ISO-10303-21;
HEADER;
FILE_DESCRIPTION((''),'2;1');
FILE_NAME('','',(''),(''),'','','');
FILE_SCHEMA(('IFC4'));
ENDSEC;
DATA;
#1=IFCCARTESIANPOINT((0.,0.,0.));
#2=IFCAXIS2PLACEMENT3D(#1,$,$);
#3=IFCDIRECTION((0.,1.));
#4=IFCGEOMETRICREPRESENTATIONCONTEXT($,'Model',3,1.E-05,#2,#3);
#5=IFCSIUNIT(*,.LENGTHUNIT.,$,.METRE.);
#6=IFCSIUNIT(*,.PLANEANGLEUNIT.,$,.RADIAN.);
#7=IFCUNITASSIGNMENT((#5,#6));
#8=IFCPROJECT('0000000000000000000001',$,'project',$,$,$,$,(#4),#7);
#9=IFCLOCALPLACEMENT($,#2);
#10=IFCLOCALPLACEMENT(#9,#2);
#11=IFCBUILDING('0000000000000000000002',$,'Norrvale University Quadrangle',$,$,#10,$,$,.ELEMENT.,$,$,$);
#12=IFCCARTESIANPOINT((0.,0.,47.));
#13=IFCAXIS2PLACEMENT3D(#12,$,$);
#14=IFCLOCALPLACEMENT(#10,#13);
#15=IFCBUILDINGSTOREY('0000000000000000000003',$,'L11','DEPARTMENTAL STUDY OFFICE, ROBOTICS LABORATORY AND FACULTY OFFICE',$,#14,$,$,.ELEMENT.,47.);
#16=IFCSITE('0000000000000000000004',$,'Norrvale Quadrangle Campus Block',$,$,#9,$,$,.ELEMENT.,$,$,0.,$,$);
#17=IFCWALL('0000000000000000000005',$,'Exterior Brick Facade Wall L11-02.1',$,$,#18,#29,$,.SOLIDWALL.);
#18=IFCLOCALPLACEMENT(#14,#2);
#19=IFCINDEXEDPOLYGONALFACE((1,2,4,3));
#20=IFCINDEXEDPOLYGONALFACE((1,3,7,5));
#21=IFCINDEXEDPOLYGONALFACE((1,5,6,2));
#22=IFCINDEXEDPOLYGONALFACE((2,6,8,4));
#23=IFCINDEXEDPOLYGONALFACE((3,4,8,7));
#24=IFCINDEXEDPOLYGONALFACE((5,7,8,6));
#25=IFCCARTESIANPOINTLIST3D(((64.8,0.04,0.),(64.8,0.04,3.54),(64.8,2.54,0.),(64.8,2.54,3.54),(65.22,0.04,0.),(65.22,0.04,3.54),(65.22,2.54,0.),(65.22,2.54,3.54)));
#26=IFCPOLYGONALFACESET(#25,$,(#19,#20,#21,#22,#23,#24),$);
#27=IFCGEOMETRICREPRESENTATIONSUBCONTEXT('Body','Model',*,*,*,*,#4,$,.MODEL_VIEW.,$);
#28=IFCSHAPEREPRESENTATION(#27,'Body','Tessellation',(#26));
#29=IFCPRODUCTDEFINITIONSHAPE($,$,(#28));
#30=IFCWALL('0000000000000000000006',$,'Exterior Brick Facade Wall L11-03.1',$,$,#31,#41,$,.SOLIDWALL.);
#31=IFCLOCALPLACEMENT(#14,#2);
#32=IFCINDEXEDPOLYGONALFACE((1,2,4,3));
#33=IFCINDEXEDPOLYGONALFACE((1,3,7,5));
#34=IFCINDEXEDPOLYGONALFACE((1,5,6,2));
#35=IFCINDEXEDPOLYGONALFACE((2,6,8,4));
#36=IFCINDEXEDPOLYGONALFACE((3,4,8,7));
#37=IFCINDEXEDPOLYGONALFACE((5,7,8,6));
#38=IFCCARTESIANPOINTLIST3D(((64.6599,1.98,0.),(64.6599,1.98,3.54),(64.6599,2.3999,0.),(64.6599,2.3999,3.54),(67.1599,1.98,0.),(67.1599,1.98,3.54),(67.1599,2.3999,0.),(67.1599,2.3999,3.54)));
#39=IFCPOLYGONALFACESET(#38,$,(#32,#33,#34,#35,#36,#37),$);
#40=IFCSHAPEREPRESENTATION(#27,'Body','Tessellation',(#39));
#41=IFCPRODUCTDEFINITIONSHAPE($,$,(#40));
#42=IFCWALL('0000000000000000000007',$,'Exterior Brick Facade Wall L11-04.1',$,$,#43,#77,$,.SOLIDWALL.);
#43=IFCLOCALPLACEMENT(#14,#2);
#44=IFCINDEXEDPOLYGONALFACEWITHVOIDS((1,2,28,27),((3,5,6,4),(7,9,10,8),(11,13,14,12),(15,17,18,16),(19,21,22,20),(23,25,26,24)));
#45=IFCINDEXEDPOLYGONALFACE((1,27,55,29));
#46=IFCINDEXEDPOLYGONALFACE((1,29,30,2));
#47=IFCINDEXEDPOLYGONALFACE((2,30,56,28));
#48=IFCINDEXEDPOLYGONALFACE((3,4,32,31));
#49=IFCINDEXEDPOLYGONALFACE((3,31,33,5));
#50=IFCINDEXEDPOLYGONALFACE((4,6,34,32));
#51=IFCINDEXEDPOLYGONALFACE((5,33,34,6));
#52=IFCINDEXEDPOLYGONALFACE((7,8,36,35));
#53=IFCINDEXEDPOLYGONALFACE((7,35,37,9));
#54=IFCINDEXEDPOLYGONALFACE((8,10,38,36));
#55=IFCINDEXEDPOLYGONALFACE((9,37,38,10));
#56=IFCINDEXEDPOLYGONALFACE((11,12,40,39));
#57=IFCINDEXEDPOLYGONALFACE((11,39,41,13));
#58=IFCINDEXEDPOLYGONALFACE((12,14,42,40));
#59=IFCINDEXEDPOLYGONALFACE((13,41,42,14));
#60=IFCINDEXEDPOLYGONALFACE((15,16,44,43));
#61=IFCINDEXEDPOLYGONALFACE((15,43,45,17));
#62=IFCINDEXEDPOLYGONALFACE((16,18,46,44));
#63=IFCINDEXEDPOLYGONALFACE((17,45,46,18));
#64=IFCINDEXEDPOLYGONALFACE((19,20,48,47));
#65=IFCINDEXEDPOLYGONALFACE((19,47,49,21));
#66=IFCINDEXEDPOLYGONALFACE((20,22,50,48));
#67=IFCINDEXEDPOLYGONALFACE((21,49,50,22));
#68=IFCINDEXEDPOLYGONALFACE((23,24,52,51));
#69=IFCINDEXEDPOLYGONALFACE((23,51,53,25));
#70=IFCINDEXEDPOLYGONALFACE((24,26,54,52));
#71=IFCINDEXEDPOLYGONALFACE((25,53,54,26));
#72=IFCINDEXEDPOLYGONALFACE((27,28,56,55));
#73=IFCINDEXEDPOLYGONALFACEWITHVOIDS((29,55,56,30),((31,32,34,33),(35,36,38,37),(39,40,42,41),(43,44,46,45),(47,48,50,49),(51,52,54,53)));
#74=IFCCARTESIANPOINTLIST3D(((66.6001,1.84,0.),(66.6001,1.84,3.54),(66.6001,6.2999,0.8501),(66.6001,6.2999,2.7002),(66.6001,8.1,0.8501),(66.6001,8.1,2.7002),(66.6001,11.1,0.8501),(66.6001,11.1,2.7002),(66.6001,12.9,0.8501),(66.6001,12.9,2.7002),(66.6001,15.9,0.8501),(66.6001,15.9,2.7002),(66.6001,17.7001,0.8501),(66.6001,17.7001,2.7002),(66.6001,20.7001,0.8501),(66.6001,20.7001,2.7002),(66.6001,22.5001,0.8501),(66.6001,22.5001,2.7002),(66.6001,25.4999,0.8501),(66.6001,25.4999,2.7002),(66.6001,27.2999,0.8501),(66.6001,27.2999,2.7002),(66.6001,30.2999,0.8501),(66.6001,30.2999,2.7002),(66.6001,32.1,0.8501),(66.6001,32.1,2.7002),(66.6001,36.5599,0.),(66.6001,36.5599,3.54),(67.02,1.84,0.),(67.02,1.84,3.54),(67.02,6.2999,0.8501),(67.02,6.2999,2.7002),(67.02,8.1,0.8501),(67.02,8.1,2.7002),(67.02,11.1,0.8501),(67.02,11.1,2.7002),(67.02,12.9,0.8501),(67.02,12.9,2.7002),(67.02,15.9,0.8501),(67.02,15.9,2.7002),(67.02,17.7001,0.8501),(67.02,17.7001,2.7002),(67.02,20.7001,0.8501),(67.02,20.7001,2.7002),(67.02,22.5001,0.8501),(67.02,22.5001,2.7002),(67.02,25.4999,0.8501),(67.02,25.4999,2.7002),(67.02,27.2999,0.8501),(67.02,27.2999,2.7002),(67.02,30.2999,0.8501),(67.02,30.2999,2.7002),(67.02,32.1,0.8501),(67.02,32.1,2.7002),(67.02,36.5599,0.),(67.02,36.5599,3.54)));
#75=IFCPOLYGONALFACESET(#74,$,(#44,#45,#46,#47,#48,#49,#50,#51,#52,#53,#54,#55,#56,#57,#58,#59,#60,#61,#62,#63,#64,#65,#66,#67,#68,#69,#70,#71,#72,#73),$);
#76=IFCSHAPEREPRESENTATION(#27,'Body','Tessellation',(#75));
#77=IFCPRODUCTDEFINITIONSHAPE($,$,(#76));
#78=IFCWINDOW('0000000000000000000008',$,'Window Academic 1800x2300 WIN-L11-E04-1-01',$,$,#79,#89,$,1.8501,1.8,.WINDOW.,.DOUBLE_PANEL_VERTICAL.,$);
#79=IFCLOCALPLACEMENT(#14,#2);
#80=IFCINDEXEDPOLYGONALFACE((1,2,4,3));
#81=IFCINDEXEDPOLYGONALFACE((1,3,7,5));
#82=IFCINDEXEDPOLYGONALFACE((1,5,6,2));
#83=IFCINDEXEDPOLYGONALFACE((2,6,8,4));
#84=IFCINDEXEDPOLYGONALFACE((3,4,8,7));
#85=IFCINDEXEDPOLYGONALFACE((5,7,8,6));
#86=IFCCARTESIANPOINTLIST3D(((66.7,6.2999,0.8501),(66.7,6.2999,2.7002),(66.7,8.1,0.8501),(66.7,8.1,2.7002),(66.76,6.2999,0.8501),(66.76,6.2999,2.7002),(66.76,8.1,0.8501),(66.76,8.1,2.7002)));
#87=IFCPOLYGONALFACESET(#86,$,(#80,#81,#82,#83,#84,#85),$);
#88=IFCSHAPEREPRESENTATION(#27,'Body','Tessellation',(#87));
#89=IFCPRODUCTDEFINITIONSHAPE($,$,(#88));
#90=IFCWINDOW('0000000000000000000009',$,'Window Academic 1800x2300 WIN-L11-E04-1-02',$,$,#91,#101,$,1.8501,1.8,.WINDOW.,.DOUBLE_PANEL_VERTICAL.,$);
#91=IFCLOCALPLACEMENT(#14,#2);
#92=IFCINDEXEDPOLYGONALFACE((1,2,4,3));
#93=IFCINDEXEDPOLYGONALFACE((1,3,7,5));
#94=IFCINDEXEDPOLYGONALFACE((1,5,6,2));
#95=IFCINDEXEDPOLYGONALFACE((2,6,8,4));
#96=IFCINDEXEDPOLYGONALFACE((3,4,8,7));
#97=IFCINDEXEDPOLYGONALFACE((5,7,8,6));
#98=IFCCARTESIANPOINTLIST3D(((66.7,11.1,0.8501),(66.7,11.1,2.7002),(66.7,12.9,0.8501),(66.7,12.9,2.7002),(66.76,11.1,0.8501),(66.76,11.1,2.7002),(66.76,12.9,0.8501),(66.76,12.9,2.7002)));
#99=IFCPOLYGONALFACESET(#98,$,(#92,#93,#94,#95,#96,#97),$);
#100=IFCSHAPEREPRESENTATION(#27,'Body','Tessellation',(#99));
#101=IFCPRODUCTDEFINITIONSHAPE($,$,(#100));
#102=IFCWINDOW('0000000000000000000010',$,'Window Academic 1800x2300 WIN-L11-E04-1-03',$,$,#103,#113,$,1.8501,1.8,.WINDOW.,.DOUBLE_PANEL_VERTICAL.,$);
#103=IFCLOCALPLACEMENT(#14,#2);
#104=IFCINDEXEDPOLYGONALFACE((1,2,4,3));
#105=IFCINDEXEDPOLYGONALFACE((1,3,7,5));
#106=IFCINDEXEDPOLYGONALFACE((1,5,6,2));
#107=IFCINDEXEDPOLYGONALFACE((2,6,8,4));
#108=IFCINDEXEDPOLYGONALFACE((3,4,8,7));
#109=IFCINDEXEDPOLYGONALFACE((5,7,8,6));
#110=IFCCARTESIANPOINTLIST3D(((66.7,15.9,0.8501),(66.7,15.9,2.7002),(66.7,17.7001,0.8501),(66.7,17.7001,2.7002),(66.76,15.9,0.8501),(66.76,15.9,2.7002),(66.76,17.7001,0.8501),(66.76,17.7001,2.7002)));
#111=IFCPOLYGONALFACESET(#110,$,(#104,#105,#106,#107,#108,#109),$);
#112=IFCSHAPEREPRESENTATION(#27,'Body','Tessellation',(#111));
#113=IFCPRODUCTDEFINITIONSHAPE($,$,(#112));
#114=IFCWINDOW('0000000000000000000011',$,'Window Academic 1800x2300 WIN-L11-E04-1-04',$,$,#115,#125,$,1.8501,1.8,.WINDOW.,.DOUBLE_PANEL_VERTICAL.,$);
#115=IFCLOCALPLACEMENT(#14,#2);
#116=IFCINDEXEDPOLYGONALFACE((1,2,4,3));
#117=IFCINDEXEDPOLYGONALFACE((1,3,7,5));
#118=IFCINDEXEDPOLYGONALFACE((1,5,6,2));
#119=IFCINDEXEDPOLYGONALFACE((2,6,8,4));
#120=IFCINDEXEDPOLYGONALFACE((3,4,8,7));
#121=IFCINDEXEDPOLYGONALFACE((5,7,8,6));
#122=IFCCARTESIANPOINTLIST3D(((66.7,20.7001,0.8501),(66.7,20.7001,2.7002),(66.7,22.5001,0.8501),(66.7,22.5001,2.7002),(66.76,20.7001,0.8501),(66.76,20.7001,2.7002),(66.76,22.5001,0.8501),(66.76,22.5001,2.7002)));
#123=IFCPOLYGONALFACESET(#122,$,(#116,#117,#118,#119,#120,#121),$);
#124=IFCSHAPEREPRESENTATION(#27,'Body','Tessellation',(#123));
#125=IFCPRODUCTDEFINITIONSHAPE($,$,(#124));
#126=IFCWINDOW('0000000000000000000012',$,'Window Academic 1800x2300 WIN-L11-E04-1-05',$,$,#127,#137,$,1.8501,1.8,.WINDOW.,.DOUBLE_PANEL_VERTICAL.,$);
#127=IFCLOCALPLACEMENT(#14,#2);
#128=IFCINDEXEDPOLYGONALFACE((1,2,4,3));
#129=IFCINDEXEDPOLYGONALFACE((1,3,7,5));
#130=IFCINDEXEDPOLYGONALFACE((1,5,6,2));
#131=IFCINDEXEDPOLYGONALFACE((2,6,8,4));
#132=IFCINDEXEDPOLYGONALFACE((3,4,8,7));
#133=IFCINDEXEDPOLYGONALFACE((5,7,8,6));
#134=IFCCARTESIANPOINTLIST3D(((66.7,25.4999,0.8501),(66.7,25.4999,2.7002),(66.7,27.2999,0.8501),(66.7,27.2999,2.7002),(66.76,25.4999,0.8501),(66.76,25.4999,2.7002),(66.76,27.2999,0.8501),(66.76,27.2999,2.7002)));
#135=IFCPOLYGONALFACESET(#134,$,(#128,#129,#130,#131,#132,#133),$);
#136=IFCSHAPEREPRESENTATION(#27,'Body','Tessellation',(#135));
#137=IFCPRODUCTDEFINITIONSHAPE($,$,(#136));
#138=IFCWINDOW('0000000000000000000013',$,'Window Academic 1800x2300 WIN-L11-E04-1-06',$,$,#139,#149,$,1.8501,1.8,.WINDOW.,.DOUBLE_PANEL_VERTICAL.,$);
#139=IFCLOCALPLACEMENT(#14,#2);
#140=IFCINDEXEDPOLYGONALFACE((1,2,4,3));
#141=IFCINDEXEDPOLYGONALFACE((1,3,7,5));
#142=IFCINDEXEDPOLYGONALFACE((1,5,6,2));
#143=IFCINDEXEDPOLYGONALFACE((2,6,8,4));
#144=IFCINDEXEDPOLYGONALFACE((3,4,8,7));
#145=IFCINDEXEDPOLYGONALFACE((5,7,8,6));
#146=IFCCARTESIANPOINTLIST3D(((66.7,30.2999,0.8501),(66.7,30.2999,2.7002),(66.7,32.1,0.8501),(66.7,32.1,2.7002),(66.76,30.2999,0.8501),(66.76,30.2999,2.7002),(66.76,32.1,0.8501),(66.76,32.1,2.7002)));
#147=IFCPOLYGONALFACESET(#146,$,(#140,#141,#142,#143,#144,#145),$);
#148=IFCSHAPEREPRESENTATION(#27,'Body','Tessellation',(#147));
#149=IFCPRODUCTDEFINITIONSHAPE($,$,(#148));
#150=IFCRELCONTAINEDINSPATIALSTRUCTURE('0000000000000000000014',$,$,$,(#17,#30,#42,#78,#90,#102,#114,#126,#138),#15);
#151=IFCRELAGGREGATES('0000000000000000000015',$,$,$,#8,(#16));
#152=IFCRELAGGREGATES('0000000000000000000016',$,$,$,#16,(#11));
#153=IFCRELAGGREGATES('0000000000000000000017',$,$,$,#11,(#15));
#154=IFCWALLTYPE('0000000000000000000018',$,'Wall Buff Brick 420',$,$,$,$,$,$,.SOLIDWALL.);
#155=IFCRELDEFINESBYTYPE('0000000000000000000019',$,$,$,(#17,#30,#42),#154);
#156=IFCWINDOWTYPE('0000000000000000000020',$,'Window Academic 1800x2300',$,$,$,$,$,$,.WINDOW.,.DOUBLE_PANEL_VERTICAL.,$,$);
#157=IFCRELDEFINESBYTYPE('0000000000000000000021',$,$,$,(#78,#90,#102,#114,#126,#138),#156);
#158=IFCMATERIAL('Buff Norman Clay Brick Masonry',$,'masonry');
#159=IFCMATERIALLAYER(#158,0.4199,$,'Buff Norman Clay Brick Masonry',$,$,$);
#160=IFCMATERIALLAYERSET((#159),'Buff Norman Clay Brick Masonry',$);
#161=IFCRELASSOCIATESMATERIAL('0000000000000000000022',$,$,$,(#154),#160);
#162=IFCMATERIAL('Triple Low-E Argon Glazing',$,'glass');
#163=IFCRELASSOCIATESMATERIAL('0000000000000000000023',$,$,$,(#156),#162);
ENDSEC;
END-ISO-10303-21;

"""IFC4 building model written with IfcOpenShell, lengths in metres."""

from ifc_helpers import new_model, si_unit, direction, frame, frame_2d, origin, place, context, subcontext, project, spatial, rectangle, extrude, material, layer, layer_set, type_object, element, fill, save


model = new_model("IFC4")

# Units and contexts
model_context = context("Model", 3, precision=1e-05, world=origin(), true_north=direction((0.0, 1.0)))
body_context = subcontext(model_context, "Body", "Model", "MODEL_VIEW")
ifc_project = project(units=[si_unit("LENGTHUNIT", "METRE"), si_unit("PLANEANGLEUNIT", "RADIAN")], contexts=[model_context])

# Site, building, storey
site_placement = place(None, origin())
site = spatial("IfcSite", under=ifc_project, at=site_placement, Name="Norrvale Quadrangle Campus Block", CompositionType="ELEMENT", RefElevation=0.0)
building_placement = place(site_placement, origin())
building = spatial("IfcBuilding", under=site, at=building_placement, Name="Norrvale University Quadrangle", CompositionType="ELEMENT")
storey_placement = place(building_placement, frame((0.0, 0.0, 47.0)))
storey = spatial("IfcBuildingStorey", under=building, at=storey_placement, Name="L11", Description="DEPARTMENTAL STUDY OFFICE, ROBOTICS LABORATORY AND FACULTY OFFICE", CompositionType="ELEMENT", Elevation=47.0)

# Walls
ifc_material_1 = material(Name="Buff Norman Clay Brick Masonry", Category="masonry")
ifc_layer_1 = layer(ifc_material_1, 0.4199, Name="Buff Norman Clay Brick Masonry")
ifc_layer_set_1 = layer_set([ifc_layer_1], Name="Buff Norman Clay Brick Masonry")
wall_type_1 = type_object("IfcWallType", Name="Wall Buff Brick 420", PredefinedType="SOLIDWALL", material=ifc_layer_set_1)
for number, where, z_axis, x_axis, name in (
    (1, (65.01, 0.04, 0.0), (0.0, 0.0, 1.0), (0.0, 1.0, 0.0), "Exterior Brick Facade Wall L11-02.1"),
    (2, (64.6599, 2.1899, 0.0), (0.0, 0.0, 1.0), (1.0, 0.0, 0.0), "Exterior Brick Facade Wall L11-03.1"),
):
    element("IfcWall", number, at=place(storey_placement, frame(where, z_axis=z_axis, x_axis=x_axis)), inside=storey, type_object=wall_type_1, Name=name, PredefinedType="SOLIDWALL", context=body_context, shape_type="SweptSolid", body=[
        extrude(rectangle(XDim=2.5, YDim=0.4199, at=frame_2d((1.25, 0.0))), origin(), (0.0, 0.0, 1.0), 3.54),
    ])

# Wall, openings, windows
wall_1_placement = place(storey_placement, frame((66.8101, 1.8401, 0.0), z_axis=(0.0, 0.0, 1.0), x_axis=(0.0, 1.0, 0.0)))
wall_1 = element("IfcWall", 3, at=wall_1_placement, inside=storey, type_object=wall_type_1, Name="Exterior Brick Facade Wall L11-04.1", PredefinedType="SOLIDWALL", context=body_context, shape_type="SweptSolid", body=[
    extrude(rectangle(XDim=34.72, YDim=0.4199, at=frame_2d((17.3599, 0.0))), origin(), (0.0, 0.0, 1.0), 3.54),
])
opening_1_placement = place(wall_1_placement, frame((4.46, 0.0, 0.8501)))
opening_1 = element("IfcOpeningElement", 4, at=opening_1_placement, cuts=wall_1, PredefinedType="OPENING", context=body_context, shape_type="SweptSolid", body=[
    extrude(rectangle(XDim=1.8, YDim=1.8501, at=frame_2d((0.8999, 0.925))), frame((0.0, 0.2219, 0.0), z_axis=(0.0, -1.0, 0.0), x_axis=(1.0, 0.0, 0.0)), (0.0, 0.0, 1.0), 0.4438),
])
opening_2_placement = place(wall_1_placement, frame((9.26, 0.0, 0.8501)))
opening_2 = element("IfcOpeningElement", 5, at=opening_2_placement, cuts=wall_1, PredefinedType="OPENING", context=body_context, shape_type="SweptSolid", body=[
    extrude(rectangle(XDim=1.8, YDim=1.8501, at=frame_2d((0.8999, 0.925))), frame((0.0, 0.2219, 0.0), z_axis=(0.0, -1.0, 0.0), x_axis=(1.0, 0.0, 0.0)), (0.0, 0.0, 1.0), 0.4438),
])
opening_3_placement = place(wall_1_placement, frame((14.0601, 0.0, 0.8501)))
opening_3 = element("IfcOpeningElement", 6, at=opening_3_placement, cuts=wall_1, PredefinedType="OPENING", context=body_context, shape_type="SweptSolid", body=[
    extrude(rectangle(XDim=1.8, YDim=1.8501, at=frame_2d((0.8999, 0.925))), frame((0.0, 0.2219, 0.0), z_axis=(0.0, -1.0, 0.0), x_axis=(1.0, 0.0, 0.0)), (0.0, 0.0, 1.0), 0.4438),
])
opening_4_placement = place(wall_1_placement, frame((18.8601, 0.0, 0.8501)))
opening_4 = element("IfcOpeningElement", 7, at=opening_4_placement, cuts=wall_1, PredefinedType="OPENING", context=body_context, shape_type="SweptSolid", body=[
    extrude(rectangle(XDim=1.8, YDim=1.8501, at=frame_2d((0.8999, 0.925))), frame((0.0, 0.2219, 0.0), z_axis=(0.0, -1.0, 0.0), x_axis=(1.0, 0.0, 0.0)), (0.0, 0.0, 1.0), 0.4438),
])
opening_5_placement = place(wall_1_placement, frame((23.6599, 0.0, 0.8501)))
opening_5 = element("IfcOpeningElement", 8, at=opening_5_placement, cuts=wall_1, PredefinedType="OPENING", context=body_context, shape_type="SweptSolid", body=[
    extrude(rectangle(XDim=1.8, YDim=1.8501, at=frame_2d((0.8999, 0.925))), frame((0.0, 0.2219, 0.0), z_axis=(0.0, -1.0, 0.0), x_axis=(1.0, 0.0, 0.0)), (0.0, 0.0, 1.0), 0.4438),
])
opening_6_placement = place(wall_1_placement, frame((28.46, 0.0, 0.8501)))
opening_6 = element("IfcOpeningElement", 9, at=opening_6_placement, cuts=wall_1, PredefinedType="OPENING", context=body_context, shape_type="SweptSolid", body=[
    extrude(rectangle(XDim=1.8, YDim=1.8501, at=frame_2d((0.8999, 0.925))), frame((0.0, 0.2219, 0.0), z_axis=(0.0, -1.0, 0.0), x_axis=(1.0, 0.0, 0.0)), (0.0, 0.0, 1.0), 0.4438),
])
ifc_material_2 = material(Name="Triple Low-E Argon Glazing", Category="glass")
window_type = type_object("IfcWindowType", Name="Window Academic 1800x2300", PartitioningType="DOUBLE_PANEL_VERTICAL", PredefinedType="WINDOW", material=ifc_material_2)
window_1_placement = place(opening_1_placement, origin())
window_1 = element("IfcWindow", 10, at=window_1_placement, inside=storey, type_object=window_type, Name="Window Academic 1800x2300 WIN-L11-E04-1-01", OverallHeight=1.8501, OverallWidth=1.8, PartitioningType="DOUBLE_PANEL_VERTICAL", PredefinedType="WINDOW", context=body_context, shape_type="SweptSolid", body=[
    extrude(rectangle(XDim=1.8, YDim=1.8501, at=frame_2d((0.8999, 0.925))), frame((0.0, 0.1101, 0.0), z_axis=(0.0, -1.0, 0.0), x_axis=(1.0, 0.0, 0.0)), (0.0, 0.0, 1.0), 0.0601),
])
fill(opening_1, window_1)
window_2_placement = place(opening_2_placement, origin())
window_2 = element("IfcWindow", 11, at=window_2_placement, inside=storey, type_object=window_type, Name="Window Academic 1800x2300 WIN-L11-E04-1-02", OverallHeight=1.8501, OverallWidth=1.8, PartitioningType="DOUBLE_PANEL_VERTICAL", PredefinedType="WINDOW", context=body_context, shape_type="SweptSolid", body=[
    extrude(rectangle(XDim=1.8, YDim=1.8501, at=frame_2d((0.8999, 0.925))), frame((0.0, 0.1101, 0.0), z_axis=(0.0, -1.0, 0.0), x_axis=(1.0, 0.0, 0.0)), (0.0, 0.0, 1.0), 0.0601),
])
fill(opening_2, window_2)
window_3_placement = place(opening_3_placement, origin())
window_3 = element("IfcWindow", 12, at=window_3_placement, inside=storey, type_object=window_type, Name="Window Academic 1800x2300 WIN-L11-E04-1-03", OverallHeight=1.8501, OverallWidth=1.8, PartitioningType="DOUBLE_PANEL_VERTICAL", PredefinedType="WINDOW", context=body_context, shape_type="SweptSolid", body=[
    extrude(rectangle(XDim=1.8, YDim=1.8501, at=frame_2d((0.8999, 0.925))), frame((0.0, 0.1101, 0.0), z_axis=(0.0, -1.0, 0.0), x_axis=(1.0, 0.0, 0.0)), (0.0, 0.0, 1.0), 0.0601),
])
fill(opening_3, window_3)
window_4_placement = place(opening_4_placement, origin())
window_4 = element("IfcWindow", 13, at=window_4_placement, inside=storey, type_object=window_type, Name="Window Academic 1800x2300 WIN-L11-E04-1-04", OverallHeight=1.8501, OverallWidth=1.8, PartitioningType="DOUBLE_PANEL_VERTICAL", PredefinedType="WINDOW", context=body_context, shape_type="SweptSolid", body=[
    extrude(rectangle(XDim=1.8, YDim=1.8501, at=frame_2d((0.8999, 0.925))), frame((0.0, 0.1101, 0.0), z_axis=(0.0, -1.0, 0.0), x_axis=(1.0, 0.0, 0.0)), (0.0, 0.0, 1.0), 0.0601),
])
fill(opening_4, window_4)
window_5_placement = place(opening_5_placement, origin())
window_5 = element("IfcWindow", 14, at=window_5_placement, inside=storey, type_object=window_type, Name="Window Academic 1800x2300 WIN-L11-E04-1-05", OverallHeight=1.8501, OverallWidth=1.8, PartitioningType="DOUBLE_PANEL_VERTICAL", PredefinedType="WINDOW", context=body_context, shape_type="SweptSolid", body=[
    extrude(rectangle(XDim=1.8, YDim=1.8501, at=frame_2d((0.8999, 0.925))), frame((0.0, 0.1101, 0.0), z_axis=(0.0, -1.0, 0.0), x_axis=(1.0, 0.0, 0.0)), (0.0, 0.0, 1.0), 0.0601),
])
fill(opening_5, window_5)
window_6_placement = place(opening_6_placement, origin())
window_6 = element("IfcWindow", 15, at=window_6_placement, inside=storey, type_object=window_type, Name="Window Academic 1800x2300 WIN-L11-E04-1-06", OverallHeight=1.8501, OverallWidth=1.8, PartitioningType="DOUBLE_PANEL_VERTICAL", PredefinedType="WINDOW", context=body_context, shape_type="SweptSolid", body=[
    extrude(rectangle(XDim=1.8, YDim=1.8501, at=frame_2d((0.8999, 0.925))), frame((0.0, 0.1101, 0.0), z_axis=(0.0, -1.0, 0.0), x_axis=(1.0, 0.0, 0.0)), (0.0, 0.0, 1.0), 0.0601),
])
fill(opening_6, window_6)

save(model, "model.ifc")
